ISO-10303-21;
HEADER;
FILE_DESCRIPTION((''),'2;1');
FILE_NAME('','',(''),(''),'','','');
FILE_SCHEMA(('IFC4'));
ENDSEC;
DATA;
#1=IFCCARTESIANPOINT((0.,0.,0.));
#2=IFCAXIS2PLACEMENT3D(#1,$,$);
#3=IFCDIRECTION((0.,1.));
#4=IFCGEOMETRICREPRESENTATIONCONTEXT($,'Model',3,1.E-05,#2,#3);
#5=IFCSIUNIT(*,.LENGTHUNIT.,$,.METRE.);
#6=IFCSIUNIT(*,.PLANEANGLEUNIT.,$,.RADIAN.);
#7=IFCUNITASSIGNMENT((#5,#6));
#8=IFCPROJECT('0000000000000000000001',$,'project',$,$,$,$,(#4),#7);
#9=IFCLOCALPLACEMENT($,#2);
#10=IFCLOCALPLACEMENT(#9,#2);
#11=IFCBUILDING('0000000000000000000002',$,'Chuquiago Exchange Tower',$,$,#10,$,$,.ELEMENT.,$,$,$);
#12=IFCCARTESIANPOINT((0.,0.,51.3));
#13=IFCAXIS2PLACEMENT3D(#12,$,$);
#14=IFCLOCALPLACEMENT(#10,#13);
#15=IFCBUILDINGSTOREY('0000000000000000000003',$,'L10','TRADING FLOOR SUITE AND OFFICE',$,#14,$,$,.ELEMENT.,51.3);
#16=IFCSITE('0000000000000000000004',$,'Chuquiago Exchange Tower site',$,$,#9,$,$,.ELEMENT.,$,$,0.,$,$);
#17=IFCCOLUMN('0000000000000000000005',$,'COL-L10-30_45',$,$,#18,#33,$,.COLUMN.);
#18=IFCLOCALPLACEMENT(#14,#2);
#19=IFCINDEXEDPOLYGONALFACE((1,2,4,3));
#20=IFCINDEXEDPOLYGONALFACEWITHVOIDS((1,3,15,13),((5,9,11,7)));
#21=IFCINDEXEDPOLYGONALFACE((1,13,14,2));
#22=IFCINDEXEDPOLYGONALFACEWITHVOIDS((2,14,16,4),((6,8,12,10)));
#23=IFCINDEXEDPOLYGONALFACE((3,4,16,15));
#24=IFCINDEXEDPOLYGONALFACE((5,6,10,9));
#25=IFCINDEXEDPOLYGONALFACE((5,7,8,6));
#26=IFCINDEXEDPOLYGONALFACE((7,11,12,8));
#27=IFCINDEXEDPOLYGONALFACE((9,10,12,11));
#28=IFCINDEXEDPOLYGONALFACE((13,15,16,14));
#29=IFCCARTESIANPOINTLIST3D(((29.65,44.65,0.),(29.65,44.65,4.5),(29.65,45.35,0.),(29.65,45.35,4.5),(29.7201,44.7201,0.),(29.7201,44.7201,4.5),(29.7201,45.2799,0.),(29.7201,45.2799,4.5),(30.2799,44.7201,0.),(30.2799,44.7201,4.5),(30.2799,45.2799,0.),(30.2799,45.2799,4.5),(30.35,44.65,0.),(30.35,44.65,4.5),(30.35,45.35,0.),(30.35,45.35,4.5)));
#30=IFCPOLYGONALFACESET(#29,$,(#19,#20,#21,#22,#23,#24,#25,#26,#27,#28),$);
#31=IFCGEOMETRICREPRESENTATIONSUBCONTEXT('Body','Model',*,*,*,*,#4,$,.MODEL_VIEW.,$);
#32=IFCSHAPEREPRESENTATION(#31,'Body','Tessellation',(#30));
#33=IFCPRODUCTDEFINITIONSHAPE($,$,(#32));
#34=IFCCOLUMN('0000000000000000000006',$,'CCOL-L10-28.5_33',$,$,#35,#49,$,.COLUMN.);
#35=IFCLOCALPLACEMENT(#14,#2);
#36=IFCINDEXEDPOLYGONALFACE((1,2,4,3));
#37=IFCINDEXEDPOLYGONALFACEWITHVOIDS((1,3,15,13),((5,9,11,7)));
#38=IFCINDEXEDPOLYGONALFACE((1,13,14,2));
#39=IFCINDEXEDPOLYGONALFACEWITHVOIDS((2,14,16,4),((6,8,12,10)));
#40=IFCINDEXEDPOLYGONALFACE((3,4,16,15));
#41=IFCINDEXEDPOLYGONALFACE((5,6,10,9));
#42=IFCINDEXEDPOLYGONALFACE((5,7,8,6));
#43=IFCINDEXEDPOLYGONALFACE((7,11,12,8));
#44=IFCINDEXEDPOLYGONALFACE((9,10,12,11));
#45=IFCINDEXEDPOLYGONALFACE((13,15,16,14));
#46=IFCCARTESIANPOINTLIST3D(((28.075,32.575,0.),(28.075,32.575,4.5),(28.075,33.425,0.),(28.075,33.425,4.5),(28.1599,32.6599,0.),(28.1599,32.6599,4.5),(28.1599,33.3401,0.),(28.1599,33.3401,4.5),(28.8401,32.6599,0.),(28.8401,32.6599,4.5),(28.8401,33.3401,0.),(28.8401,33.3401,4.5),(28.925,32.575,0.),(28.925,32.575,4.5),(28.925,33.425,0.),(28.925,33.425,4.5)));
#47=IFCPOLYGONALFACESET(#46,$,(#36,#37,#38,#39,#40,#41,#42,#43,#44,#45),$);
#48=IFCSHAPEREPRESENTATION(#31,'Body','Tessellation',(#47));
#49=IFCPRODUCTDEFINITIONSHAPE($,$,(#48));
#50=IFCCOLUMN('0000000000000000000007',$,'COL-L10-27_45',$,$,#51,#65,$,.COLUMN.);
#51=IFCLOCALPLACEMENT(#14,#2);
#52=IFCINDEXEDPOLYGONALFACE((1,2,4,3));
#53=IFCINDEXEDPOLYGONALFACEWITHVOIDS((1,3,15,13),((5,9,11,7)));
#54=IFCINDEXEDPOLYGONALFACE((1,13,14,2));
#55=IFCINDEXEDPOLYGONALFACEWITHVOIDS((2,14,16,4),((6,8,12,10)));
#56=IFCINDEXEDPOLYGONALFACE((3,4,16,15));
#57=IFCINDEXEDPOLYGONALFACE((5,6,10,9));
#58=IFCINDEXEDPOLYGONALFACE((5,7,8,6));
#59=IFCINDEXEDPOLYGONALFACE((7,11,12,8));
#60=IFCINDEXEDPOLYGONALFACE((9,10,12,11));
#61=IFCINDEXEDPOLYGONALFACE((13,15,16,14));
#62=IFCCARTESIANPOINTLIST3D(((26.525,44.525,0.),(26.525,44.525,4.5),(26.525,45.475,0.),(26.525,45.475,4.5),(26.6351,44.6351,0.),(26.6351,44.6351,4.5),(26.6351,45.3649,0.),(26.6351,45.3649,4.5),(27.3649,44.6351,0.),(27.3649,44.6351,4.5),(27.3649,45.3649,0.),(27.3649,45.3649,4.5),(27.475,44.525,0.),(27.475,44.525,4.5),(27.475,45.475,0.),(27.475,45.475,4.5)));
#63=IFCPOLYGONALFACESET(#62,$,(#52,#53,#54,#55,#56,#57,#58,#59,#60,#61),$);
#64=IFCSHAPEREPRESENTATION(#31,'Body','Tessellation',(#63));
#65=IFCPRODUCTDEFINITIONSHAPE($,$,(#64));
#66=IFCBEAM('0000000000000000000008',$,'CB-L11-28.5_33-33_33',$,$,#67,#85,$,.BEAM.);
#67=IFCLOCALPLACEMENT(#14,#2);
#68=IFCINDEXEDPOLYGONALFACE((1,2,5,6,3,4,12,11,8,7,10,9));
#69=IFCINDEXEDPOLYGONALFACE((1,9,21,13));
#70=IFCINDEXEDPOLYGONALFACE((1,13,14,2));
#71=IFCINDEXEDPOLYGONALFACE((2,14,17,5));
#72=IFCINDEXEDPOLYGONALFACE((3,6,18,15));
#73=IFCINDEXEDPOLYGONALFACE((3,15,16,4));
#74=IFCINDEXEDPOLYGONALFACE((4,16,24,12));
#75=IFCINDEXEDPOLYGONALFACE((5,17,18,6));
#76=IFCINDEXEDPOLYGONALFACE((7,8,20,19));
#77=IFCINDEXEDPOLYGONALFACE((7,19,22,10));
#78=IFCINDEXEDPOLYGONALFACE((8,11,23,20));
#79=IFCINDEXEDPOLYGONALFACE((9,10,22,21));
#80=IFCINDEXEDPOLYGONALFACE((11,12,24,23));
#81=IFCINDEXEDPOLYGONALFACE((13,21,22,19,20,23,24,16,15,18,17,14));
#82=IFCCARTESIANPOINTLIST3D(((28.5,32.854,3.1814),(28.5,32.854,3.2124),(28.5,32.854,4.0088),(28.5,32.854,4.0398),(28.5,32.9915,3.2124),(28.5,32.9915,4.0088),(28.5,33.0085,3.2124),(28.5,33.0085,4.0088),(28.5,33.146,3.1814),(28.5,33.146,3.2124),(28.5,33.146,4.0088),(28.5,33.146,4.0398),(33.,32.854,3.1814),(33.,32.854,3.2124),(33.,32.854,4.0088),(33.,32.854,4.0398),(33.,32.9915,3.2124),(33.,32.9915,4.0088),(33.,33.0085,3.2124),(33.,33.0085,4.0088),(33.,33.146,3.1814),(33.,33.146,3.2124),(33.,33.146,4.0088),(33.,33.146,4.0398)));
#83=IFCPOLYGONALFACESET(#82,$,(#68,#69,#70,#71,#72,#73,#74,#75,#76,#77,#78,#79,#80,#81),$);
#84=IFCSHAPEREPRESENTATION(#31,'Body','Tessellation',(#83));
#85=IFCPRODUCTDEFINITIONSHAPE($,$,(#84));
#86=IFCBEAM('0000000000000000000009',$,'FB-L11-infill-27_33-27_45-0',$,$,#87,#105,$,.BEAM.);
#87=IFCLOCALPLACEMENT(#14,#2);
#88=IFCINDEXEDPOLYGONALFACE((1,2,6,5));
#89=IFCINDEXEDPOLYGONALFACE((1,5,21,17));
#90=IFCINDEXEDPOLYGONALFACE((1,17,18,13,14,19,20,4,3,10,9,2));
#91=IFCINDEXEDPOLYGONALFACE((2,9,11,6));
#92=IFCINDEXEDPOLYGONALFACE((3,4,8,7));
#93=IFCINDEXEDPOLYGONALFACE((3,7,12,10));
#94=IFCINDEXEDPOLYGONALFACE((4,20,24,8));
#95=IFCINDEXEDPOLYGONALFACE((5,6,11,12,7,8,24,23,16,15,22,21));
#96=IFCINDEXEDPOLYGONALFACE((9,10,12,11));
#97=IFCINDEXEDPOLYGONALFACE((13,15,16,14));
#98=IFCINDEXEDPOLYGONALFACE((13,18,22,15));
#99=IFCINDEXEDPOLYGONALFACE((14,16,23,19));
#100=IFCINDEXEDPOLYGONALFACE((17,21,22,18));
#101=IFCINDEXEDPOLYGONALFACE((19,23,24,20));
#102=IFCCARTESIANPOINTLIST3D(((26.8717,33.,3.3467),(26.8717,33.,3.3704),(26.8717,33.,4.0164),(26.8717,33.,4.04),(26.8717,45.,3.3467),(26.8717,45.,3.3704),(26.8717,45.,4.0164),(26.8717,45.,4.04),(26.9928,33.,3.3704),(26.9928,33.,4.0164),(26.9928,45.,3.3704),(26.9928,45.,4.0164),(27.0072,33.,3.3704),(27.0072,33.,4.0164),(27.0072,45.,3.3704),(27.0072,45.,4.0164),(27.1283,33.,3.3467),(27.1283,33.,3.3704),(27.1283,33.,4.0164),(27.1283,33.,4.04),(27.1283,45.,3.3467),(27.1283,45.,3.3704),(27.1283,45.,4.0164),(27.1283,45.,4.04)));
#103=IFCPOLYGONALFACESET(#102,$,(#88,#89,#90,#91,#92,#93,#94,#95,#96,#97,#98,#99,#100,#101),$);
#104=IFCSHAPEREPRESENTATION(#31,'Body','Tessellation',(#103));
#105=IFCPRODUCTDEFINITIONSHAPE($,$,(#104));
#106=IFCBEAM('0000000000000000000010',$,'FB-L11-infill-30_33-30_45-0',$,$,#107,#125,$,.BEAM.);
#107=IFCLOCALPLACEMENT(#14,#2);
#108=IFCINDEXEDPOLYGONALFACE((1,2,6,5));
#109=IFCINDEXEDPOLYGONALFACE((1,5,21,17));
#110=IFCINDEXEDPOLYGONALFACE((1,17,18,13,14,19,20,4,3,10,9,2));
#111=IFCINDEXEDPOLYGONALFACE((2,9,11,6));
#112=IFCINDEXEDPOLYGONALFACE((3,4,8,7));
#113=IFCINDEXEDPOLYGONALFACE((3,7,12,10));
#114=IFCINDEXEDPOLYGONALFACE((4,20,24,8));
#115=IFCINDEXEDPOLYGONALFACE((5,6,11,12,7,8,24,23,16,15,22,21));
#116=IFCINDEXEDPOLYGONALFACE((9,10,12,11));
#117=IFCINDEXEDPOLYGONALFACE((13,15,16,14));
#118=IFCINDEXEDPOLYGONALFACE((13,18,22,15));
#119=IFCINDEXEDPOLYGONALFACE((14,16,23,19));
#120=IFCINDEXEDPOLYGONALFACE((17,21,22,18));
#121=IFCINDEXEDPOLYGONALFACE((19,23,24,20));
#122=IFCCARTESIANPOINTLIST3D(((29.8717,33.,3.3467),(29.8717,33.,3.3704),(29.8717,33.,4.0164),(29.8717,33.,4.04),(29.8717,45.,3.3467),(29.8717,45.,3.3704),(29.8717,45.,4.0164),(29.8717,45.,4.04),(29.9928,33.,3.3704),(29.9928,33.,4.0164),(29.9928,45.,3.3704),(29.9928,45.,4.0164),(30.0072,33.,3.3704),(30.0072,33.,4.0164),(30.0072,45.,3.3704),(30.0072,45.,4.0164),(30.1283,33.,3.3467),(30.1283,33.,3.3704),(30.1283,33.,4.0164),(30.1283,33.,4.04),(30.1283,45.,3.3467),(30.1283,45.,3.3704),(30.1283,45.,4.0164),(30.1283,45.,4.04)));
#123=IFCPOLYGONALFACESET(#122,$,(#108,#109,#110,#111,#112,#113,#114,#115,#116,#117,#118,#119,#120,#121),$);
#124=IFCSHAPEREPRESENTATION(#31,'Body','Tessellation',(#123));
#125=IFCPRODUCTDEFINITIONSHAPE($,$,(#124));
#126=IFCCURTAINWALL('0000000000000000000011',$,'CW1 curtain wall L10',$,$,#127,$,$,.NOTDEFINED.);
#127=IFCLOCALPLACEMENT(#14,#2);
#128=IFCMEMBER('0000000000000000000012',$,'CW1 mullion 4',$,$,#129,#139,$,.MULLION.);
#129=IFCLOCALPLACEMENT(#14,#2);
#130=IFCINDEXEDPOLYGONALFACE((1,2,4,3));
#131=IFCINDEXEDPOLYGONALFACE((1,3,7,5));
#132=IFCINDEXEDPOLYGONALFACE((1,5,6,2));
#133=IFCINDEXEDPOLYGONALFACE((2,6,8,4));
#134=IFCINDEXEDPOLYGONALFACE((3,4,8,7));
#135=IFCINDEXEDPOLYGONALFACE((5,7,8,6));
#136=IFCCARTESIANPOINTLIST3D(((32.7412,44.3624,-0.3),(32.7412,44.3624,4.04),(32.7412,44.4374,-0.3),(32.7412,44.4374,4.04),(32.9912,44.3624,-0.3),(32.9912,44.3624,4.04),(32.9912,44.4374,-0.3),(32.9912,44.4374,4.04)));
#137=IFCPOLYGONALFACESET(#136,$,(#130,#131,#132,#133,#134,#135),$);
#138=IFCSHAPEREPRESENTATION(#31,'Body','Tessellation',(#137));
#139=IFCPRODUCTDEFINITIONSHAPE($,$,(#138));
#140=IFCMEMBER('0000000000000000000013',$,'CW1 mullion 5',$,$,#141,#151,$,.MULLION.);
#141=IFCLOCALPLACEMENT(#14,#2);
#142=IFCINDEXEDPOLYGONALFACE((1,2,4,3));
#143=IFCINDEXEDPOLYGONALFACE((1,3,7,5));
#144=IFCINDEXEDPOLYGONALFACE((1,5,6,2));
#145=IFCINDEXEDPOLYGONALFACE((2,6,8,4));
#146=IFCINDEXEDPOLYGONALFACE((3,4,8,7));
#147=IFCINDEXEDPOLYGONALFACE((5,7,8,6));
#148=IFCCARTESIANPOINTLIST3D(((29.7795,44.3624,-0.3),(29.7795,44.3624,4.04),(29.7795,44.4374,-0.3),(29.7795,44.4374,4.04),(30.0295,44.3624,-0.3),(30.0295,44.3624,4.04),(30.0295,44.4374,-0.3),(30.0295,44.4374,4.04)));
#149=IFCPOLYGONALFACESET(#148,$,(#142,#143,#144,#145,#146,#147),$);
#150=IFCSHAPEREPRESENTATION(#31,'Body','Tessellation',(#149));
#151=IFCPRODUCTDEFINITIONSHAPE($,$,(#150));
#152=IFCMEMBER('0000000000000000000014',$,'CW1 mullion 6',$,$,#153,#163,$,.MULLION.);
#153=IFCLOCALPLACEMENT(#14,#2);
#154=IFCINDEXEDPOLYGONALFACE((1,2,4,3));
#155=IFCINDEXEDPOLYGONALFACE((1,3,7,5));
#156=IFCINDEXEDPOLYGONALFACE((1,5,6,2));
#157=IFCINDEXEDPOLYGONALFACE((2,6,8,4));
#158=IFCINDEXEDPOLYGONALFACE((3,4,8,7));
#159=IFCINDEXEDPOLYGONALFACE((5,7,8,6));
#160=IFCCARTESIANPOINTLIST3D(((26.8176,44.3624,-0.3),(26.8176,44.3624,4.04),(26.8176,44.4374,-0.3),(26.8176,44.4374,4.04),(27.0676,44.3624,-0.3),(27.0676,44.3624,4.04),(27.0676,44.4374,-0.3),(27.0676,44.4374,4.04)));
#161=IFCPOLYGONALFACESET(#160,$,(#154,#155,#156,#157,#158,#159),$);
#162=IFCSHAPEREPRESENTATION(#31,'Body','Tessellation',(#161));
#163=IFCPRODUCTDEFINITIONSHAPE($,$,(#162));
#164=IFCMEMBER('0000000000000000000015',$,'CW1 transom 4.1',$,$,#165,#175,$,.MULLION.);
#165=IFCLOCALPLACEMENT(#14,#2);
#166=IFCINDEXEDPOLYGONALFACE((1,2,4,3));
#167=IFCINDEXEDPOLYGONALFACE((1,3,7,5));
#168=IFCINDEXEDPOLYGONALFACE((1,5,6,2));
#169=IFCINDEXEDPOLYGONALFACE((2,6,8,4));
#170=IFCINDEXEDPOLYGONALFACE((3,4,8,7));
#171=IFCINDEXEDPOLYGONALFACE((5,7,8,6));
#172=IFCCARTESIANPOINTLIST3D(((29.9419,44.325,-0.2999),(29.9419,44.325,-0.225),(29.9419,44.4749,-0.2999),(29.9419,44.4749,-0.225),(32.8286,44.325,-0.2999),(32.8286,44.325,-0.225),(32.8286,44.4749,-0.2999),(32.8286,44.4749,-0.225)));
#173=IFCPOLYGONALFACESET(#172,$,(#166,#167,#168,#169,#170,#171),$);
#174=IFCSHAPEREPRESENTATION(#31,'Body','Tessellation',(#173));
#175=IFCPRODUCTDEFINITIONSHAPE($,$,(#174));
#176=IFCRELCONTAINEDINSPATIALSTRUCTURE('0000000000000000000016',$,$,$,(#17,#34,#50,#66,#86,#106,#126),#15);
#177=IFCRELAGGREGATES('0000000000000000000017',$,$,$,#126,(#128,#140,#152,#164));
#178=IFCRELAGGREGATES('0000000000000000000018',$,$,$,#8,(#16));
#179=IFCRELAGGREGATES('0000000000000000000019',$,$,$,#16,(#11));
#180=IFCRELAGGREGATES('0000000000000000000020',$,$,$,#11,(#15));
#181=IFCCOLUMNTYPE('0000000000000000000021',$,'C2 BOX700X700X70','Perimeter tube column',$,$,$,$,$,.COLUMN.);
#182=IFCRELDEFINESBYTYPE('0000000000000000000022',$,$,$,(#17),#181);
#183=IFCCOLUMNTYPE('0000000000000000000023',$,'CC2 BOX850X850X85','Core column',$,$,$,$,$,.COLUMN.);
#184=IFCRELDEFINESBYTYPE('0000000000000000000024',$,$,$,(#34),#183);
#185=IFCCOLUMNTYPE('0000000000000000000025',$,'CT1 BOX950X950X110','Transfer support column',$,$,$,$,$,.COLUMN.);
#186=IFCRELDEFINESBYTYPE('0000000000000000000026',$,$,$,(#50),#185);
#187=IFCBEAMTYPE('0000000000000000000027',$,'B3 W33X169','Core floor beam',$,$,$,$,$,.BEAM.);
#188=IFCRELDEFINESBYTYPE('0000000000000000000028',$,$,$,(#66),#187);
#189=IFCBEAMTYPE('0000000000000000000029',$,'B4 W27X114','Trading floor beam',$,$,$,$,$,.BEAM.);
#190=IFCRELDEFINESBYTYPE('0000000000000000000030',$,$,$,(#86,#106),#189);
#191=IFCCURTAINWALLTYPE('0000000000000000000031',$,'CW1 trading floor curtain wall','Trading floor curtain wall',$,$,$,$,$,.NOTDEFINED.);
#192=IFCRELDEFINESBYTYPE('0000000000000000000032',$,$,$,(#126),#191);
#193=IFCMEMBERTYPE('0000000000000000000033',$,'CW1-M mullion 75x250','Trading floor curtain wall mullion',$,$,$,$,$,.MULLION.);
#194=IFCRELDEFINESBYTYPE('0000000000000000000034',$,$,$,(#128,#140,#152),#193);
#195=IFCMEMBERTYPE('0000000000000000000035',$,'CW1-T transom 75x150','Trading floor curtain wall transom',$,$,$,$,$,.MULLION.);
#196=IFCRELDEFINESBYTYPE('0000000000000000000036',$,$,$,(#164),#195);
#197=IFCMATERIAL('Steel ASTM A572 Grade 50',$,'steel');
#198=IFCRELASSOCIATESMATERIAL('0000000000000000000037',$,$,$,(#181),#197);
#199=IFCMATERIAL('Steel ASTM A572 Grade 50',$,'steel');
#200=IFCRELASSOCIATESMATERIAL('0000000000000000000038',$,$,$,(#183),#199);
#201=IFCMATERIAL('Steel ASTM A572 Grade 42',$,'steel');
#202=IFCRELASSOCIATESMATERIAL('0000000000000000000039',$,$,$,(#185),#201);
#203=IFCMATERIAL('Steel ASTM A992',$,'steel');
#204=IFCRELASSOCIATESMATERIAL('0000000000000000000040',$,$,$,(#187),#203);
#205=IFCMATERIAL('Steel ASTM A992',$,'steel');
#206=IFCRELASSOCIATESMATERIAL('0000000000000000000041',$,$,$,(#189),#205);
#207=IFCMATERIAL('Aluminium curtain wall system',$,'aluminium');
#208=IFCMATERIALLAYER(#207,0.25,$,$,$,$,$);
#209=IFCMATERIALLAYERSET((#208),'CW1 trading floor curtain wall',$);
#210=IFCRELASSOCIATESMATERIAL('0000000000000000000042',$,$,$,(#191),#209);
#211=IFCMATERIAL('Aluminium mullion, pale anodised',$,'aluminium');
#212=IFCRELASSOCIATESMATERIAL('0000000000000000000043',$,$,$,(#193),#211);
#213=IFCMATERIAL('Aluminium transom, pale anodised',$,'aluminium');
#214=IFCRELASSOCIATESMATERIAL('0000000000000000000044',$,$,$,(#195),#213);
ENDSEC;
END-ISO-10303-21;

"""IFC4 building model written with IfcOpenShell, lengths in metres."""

from ifc_helpers import new_model, si_unit, direction, frame, origin, origin_2d, place, context, subcontext, project, spatial, rectangle, hollow_rectangle, i_section, extrude, material, layer, layer_set, material_profile, profile_set, type_object, element, aggregate, save


model = new_model("IFC4")

# Units and contexts
model_context = context("Model", 3, precision=1e-05, world=origin(), true_north=direction((0.0, 1.0)))
body_context = subcontext(model_context, "Body", "Model", "MODEL_VIEW")
ifc_project = project(units=[si_unit("LENGTHUNIT", "METRE"), si_unit("PLANEANGLEUNIT", "RADIAN")], contexts=[model_context])

# Site, building, storey
site_placement = place(None, origin())
site = spatial("IfcSite", under=ifc_project, at=site_placement, Name="Chuquiago Exchange Tower site", CompositionType="ELEMENT", RefElevation=0.0)
building_placement = place(site_placement, origin())
building = spatial("IfcBuilding", under=site, at=building_placement, Name="Chuquiago Exchange Tower", CompositionType="ELEMENT")
storey_placement = place(building_placement, frame((0.0, 0.0, 51.3)))
storey = spatial("IfcBuildingStorey", under=building, at=storey_placement, Name="L10", Description="TRADING FLOOR SUITE AND OFFICE", CompositionType="ELEMENT", Elevation=51.3)

# Columns
ifc_material_1 = material(Name="Steel ASTM A572 Grade 50", Category="steel")
ifc_material_profile_1 = material_profile(ifc_material_1, hollow_rectangle(XDim=0.7, YDim=0.7, WallThickness=0.0701, at=origin_2d()), Name="BOX700X700X70")
ifc_profile_set_1 = profile_set([ifc_material_profile_1], Name="Steel ASTM A572 Grade 50")
column_type_1 = type_object("IfcColumnType", Name="C2 BOX700X700X70", Description="Perimeter tube column", PredefinedType="COLUMN", material=ifc_profile_set_1)
column_1_placement = place(storey_placement, frame((30.0, 45.0, 0.0), z_axis=(0.0, 0.0, 1.0), x_axis=(0.0, 1.0, 0.0)))
element("IfcColumn", 1, at=column_1_placement, inside=storey, type_object=column_type_1, Name="COL-L10-30_45", PredefinedType="COLUMN", context=body_context, shape_type="SweptSolid", body=[
    extrude(hollow_rectangle(XDim=0.7, YDim=0.7, WallThickness=0.0701, at=origin_2d()), origin(), (0.0, 0.0, 1.0), 4.5),
])
ifc_material_2 = material(Name="Steel ASTM A572 Grade 50", Category="steel")
ifc_material_profile_2 = material_profile(ifc_material_2, hollow_rectangle(XDim=0.8501, YDim=0.8501, WallThickness=0.085, at=origin_2d()), Name="BOX850X850X85")
ifc_profile_set_2 = profile_set([ifc_material_profile_2], Name="Steel ASTM A572 Grade 50")
column_type_2 = type_object("IfcColumnType", Name="CC2 BOX850X850X85", Description="Core column", PredefinedType="COLUMN", material=ifc_profile_set_2)
column_2_placement = place(storey_placement, frame((28.5, 33.0, 0.0), z_axis=(0.0, 0.0, 1.0), x_axis=(1.0, 0.0, 0.0)))
element("IfcColumn", 2, at=column_2_placement, inside=storey, type_object=column_type_2, Name="CCOL-L10-28.5_33", PredefinedType="COLUMN", context=body_context, shape_type="SweptSolid", body=[
    extrude(hollow_rectangle(XDim=0.8501, YDim=0.8501, WallThickness=0.085, at=origin_2d()), origin(), (0.0, 0.0, 1.0), 4.5),
])
ifc_material_3 = material(Name="Steel ASTM A572 Grade 42", Category="steel")
ifc_material_profile_3 = material_profile(ifc_material_3, hollow_rectangle(XDim=0.95, YDim=0.95, WallThickness=0.1101, at=origin_2d()), Name="BOX950X950X110")
ifc_profile_set_3 = profile_set([ifc_material_profile_3], Name="Steel ASTM A572 Grade 42")
column_type_3 = type_object("IfcColumnType", Name="CT1 BOX950X950X110", Description="Transfer support column", PredefinedType="COLUMN", material=ifc_profile_set_3)
column_3_placement = place(storey_placement, frame((27.0, 45.0, 0.0), z_axis=(0.0, 0.0, 1.0), x_axis=(0.0, 1.0, 0.0)))
element("IfcColumn", 3, at=column_3_placement, inside=storey, type_object=column_type_3, Name="COL-L10-27_45", PredefinedType="COLUMN", context=body_context, shape_type="SweptSolid", body=[
    extrude(hollow_rectangle(XDim=0.95, YDim=0.95, WallThickness=0.1101, at=origin_2d()), origin(), (0.0, 0.0, 1.0), 4.5),
])

# Beams
ifc_material_4 = material(Name="Steel ASTM A992", Category="steel")
ifc_material_profile_4 = material_profile(ifc_material_4, i_section(OverallWidth=0.292, OverallDepth=0.8584, WebThickness=0.0171, FlangeThickness=0.031, at=origin_2d()), Name="W33X169")
ifc_profile_set_4 = profile_set([ifc_material_profile_4], Name="Steel ASTM A992")
beam_type_1 = type_object("IfcBeamType", Name="B3 W33X169", Description="Core floor beam", PredefinedType="BEAM", material=ifc_profile_set_4)
beam_placement = place(storey_placement, frame((28.5, 33.0, 3.6106), z_axis=(1.0, 0.0, 0.0), x_axis=(0.0, 1.0, 0.0)))
element("IfcBeam", 4, at=beam_placement, inside=storey, type_object=beam_type_1, Name="CB-L11-28.5_33-33_33", PredefinedType="BEAM", context=body_context, shape_type="SweptSolid", body=[
    extrude(i_section(OverallWidth=0.292, OverallDepth=0.8584, WebThickness=0.0171, FlangeThickness=0.031, at=origin_2d()), origin(), (0.0, 0.0, 1.0), 4.5),
])
ifc_material_5 = material(Name="Steel ASTM A992", Category="steel")
ifc_material_profile_5 = material_profile(ifc_material_5, i_section(OverallWidth=0.2566, OverallDepth=0.6934, WebThickness=0.0144, FlangeThickness=0.0237, at=origin_2d()), Name="W27X114")
ifc_profile_set_5 = profile_set([ifc_material_profile_5], Name="Steel ASTM A992")
beam_type_2 = type_object("IfcBeamType", Name="B4 W27X114", Description="Trading floor beam", PredefinedType="BEAM", material=ifc_profile_set_5)
for number, where, z_axis, x_axis, name in (
    (5, (27.0, 33.0, 3.6934), (0.0, 1.0, 0.0), (-1.0, 0.0, 0.0), "FB-L11-infill-27_33-27_45-0"),
    (6, (30.0, 33.0, 3.6934), (0.0, 1.0, 0.0), (-1.0, 0.0, 0.0), "FB-L11-infill-30_33-30_45-0"),
):
    element("IfcBeam", number, at=place(storey_placement, frame(where, z_axis=z_axis, x_axis=x_axis)), inside=storey, type_object=beam_type_2, Name=name, PredefinedType="BEAM", context=body_context, shape_type="SweptSolid", body=[
        extrude(i_section(OverallWidth=0.2566, OverallDepth=0.6934, WebThickness=0.0144, FlangeThickness=0.0237, at=origin_2d()), origin(), (0.0, 0.0, 1.0), 12.0),
    ])

# Curtain wall, members
ifc_material_6 = material(Name="Aluminium curtain wall system", Category="aluminium")
ifc_layer_1 = layer(ifc_material_6, 0.25)
ifc_layer_set_1 = layer_set([ifc_layer_1], Name="CW1 trading floor curtain wall")
curtain_wall_type = type_object("IfcCurtainWallType", Name="CW1 trading floor curtain wall", Description="Trading floor curtain wall", PredefinedType="NOTDEFINED", material=ifc_layer_set_1)
curtain_wall_placement = place(storey_placement, origin())
curtain_wall = element("IfcCurtainWall", 7, at=curtain_wall_placement, inside=storey, type_object=curtain_wall_type, Name="CW1 curtain wall L10", PredefinedType="NOTDEFINED")
ifc_material_7 = material(Name="Aluminium mullion, pale anodised", Category="aluminium")
ifc_material_profile_6 = material_profile(ifc_material_7, rectangle(XDim=0.075, YDim=0.25, at=origin_2d()), Name="AL 75x250")
ifc_profile_set_6 = profile_set([ifc_material_profile_6], Name="Aluminium mullion, pale anodised")
member_type_1 = type_object("IfcMemberType", Name="CW1-M mullion 75x250", Description="Trading floor curtain wall mullion", PredefinedType="MULLION", material=ifc_profile_set_6)
member_1_placement = place(storey_placement, frame((32.8662, 44.3999, -0.3), z_axis=(0.0, 0.0, 1.0), x_axis=(0.0, -1.0, 0.0)))
member_1 = element("IfcMember", 8, at=member_1_placement, type_object=member_type_1, Name="CW1 mullion 4", PredefinedType="MULLION", context=body_context, shape_type="SweptSolid", body=[
    extrude(rectangle(XDim=0.075, YDim=0.25, at=origin_2d()), origin(), (0.0, 0.0, 1.0), 4.3401),
])
member_2_placement = place(storey_placement, frame((29.9045, 44.3999, -0.3), z_axis=(0.0, 0.0, 1.0), x_axis=(0.0, -1.0, 0.0)))
member_2 = element("IfcMember", 9, at=member_2_placement, type_object=member_type_1, Name="CW1 mullion 5", PredefinedType="MULLION", context=body_context, shape_type="SweptSolid", body=[
    extrude(rectangle(XDim=0.075, YDim=0.25, at=origin_2d()), origin(), (0.0, 0.0, 1.0), 4.3401),
])
member_3_placement = place(storey_placement, frame((26.9426, 44.3999, -0.3), z_axis=(0.0, 0.0, 1.0), x_axis=(0.0, -1.0, 0.0)))
member_3 = element("IfcMember", 10, at=member_3_placement, type_object=member_type_1, Name="CW1 mullion 6", PredefinedType="MULLION", context=body_context, shape_type="SweptSolid", body=[
    extrude(rectangle(XDim=0.075, YDim=0.25, at=origin_2d()), origin(), (0.0, 0.0, 1.0), 4.3401),
])
ifc_material_8 = material(Name="Aluminium transom, pale anodised", Category="aluminium")
ifc_material_profile_7 = material_profile(ifc_material_8, rectangle(XDim=0.1499, YDim=0.075, at=origin_2d()), Name="AL 150x75")
ifc_profile_set_7 = profile_set([ifc_material_profile_7], Name="Aluminium transom, pale anodised")
member_type_2 = type_object("IfcMemberType", Name="CW1-T transom 75x150", Description="Trading floor curtain wall transom", PredefinedType="MULLION", material=ifc_profile_set_7)
member_4_placement = place(storey_placement, frame((32.8286, 44.3999, -0.2625), z_axis=(-1.0, 0.0, 0.0), x_axis=(0.0, -1.0, 0.0)))
member_4 = element("IfcMember", 11, at=member_4_placement, type_object=member_type_2, Name="CW1 transom 4.1", PredefinedType="MULLION", context=body_context, shape_type="SweptSolid", body=[
    extrude(rectangle(XDim=0.1499, YDim=0.075, at=origin_2d()), origin(), (0.0, 0.0, 1.0), 2.8867),
])

aggregate(curtain_wall, [member_1, member_2, member_3, member_4])

save(model, "model.ifc")
